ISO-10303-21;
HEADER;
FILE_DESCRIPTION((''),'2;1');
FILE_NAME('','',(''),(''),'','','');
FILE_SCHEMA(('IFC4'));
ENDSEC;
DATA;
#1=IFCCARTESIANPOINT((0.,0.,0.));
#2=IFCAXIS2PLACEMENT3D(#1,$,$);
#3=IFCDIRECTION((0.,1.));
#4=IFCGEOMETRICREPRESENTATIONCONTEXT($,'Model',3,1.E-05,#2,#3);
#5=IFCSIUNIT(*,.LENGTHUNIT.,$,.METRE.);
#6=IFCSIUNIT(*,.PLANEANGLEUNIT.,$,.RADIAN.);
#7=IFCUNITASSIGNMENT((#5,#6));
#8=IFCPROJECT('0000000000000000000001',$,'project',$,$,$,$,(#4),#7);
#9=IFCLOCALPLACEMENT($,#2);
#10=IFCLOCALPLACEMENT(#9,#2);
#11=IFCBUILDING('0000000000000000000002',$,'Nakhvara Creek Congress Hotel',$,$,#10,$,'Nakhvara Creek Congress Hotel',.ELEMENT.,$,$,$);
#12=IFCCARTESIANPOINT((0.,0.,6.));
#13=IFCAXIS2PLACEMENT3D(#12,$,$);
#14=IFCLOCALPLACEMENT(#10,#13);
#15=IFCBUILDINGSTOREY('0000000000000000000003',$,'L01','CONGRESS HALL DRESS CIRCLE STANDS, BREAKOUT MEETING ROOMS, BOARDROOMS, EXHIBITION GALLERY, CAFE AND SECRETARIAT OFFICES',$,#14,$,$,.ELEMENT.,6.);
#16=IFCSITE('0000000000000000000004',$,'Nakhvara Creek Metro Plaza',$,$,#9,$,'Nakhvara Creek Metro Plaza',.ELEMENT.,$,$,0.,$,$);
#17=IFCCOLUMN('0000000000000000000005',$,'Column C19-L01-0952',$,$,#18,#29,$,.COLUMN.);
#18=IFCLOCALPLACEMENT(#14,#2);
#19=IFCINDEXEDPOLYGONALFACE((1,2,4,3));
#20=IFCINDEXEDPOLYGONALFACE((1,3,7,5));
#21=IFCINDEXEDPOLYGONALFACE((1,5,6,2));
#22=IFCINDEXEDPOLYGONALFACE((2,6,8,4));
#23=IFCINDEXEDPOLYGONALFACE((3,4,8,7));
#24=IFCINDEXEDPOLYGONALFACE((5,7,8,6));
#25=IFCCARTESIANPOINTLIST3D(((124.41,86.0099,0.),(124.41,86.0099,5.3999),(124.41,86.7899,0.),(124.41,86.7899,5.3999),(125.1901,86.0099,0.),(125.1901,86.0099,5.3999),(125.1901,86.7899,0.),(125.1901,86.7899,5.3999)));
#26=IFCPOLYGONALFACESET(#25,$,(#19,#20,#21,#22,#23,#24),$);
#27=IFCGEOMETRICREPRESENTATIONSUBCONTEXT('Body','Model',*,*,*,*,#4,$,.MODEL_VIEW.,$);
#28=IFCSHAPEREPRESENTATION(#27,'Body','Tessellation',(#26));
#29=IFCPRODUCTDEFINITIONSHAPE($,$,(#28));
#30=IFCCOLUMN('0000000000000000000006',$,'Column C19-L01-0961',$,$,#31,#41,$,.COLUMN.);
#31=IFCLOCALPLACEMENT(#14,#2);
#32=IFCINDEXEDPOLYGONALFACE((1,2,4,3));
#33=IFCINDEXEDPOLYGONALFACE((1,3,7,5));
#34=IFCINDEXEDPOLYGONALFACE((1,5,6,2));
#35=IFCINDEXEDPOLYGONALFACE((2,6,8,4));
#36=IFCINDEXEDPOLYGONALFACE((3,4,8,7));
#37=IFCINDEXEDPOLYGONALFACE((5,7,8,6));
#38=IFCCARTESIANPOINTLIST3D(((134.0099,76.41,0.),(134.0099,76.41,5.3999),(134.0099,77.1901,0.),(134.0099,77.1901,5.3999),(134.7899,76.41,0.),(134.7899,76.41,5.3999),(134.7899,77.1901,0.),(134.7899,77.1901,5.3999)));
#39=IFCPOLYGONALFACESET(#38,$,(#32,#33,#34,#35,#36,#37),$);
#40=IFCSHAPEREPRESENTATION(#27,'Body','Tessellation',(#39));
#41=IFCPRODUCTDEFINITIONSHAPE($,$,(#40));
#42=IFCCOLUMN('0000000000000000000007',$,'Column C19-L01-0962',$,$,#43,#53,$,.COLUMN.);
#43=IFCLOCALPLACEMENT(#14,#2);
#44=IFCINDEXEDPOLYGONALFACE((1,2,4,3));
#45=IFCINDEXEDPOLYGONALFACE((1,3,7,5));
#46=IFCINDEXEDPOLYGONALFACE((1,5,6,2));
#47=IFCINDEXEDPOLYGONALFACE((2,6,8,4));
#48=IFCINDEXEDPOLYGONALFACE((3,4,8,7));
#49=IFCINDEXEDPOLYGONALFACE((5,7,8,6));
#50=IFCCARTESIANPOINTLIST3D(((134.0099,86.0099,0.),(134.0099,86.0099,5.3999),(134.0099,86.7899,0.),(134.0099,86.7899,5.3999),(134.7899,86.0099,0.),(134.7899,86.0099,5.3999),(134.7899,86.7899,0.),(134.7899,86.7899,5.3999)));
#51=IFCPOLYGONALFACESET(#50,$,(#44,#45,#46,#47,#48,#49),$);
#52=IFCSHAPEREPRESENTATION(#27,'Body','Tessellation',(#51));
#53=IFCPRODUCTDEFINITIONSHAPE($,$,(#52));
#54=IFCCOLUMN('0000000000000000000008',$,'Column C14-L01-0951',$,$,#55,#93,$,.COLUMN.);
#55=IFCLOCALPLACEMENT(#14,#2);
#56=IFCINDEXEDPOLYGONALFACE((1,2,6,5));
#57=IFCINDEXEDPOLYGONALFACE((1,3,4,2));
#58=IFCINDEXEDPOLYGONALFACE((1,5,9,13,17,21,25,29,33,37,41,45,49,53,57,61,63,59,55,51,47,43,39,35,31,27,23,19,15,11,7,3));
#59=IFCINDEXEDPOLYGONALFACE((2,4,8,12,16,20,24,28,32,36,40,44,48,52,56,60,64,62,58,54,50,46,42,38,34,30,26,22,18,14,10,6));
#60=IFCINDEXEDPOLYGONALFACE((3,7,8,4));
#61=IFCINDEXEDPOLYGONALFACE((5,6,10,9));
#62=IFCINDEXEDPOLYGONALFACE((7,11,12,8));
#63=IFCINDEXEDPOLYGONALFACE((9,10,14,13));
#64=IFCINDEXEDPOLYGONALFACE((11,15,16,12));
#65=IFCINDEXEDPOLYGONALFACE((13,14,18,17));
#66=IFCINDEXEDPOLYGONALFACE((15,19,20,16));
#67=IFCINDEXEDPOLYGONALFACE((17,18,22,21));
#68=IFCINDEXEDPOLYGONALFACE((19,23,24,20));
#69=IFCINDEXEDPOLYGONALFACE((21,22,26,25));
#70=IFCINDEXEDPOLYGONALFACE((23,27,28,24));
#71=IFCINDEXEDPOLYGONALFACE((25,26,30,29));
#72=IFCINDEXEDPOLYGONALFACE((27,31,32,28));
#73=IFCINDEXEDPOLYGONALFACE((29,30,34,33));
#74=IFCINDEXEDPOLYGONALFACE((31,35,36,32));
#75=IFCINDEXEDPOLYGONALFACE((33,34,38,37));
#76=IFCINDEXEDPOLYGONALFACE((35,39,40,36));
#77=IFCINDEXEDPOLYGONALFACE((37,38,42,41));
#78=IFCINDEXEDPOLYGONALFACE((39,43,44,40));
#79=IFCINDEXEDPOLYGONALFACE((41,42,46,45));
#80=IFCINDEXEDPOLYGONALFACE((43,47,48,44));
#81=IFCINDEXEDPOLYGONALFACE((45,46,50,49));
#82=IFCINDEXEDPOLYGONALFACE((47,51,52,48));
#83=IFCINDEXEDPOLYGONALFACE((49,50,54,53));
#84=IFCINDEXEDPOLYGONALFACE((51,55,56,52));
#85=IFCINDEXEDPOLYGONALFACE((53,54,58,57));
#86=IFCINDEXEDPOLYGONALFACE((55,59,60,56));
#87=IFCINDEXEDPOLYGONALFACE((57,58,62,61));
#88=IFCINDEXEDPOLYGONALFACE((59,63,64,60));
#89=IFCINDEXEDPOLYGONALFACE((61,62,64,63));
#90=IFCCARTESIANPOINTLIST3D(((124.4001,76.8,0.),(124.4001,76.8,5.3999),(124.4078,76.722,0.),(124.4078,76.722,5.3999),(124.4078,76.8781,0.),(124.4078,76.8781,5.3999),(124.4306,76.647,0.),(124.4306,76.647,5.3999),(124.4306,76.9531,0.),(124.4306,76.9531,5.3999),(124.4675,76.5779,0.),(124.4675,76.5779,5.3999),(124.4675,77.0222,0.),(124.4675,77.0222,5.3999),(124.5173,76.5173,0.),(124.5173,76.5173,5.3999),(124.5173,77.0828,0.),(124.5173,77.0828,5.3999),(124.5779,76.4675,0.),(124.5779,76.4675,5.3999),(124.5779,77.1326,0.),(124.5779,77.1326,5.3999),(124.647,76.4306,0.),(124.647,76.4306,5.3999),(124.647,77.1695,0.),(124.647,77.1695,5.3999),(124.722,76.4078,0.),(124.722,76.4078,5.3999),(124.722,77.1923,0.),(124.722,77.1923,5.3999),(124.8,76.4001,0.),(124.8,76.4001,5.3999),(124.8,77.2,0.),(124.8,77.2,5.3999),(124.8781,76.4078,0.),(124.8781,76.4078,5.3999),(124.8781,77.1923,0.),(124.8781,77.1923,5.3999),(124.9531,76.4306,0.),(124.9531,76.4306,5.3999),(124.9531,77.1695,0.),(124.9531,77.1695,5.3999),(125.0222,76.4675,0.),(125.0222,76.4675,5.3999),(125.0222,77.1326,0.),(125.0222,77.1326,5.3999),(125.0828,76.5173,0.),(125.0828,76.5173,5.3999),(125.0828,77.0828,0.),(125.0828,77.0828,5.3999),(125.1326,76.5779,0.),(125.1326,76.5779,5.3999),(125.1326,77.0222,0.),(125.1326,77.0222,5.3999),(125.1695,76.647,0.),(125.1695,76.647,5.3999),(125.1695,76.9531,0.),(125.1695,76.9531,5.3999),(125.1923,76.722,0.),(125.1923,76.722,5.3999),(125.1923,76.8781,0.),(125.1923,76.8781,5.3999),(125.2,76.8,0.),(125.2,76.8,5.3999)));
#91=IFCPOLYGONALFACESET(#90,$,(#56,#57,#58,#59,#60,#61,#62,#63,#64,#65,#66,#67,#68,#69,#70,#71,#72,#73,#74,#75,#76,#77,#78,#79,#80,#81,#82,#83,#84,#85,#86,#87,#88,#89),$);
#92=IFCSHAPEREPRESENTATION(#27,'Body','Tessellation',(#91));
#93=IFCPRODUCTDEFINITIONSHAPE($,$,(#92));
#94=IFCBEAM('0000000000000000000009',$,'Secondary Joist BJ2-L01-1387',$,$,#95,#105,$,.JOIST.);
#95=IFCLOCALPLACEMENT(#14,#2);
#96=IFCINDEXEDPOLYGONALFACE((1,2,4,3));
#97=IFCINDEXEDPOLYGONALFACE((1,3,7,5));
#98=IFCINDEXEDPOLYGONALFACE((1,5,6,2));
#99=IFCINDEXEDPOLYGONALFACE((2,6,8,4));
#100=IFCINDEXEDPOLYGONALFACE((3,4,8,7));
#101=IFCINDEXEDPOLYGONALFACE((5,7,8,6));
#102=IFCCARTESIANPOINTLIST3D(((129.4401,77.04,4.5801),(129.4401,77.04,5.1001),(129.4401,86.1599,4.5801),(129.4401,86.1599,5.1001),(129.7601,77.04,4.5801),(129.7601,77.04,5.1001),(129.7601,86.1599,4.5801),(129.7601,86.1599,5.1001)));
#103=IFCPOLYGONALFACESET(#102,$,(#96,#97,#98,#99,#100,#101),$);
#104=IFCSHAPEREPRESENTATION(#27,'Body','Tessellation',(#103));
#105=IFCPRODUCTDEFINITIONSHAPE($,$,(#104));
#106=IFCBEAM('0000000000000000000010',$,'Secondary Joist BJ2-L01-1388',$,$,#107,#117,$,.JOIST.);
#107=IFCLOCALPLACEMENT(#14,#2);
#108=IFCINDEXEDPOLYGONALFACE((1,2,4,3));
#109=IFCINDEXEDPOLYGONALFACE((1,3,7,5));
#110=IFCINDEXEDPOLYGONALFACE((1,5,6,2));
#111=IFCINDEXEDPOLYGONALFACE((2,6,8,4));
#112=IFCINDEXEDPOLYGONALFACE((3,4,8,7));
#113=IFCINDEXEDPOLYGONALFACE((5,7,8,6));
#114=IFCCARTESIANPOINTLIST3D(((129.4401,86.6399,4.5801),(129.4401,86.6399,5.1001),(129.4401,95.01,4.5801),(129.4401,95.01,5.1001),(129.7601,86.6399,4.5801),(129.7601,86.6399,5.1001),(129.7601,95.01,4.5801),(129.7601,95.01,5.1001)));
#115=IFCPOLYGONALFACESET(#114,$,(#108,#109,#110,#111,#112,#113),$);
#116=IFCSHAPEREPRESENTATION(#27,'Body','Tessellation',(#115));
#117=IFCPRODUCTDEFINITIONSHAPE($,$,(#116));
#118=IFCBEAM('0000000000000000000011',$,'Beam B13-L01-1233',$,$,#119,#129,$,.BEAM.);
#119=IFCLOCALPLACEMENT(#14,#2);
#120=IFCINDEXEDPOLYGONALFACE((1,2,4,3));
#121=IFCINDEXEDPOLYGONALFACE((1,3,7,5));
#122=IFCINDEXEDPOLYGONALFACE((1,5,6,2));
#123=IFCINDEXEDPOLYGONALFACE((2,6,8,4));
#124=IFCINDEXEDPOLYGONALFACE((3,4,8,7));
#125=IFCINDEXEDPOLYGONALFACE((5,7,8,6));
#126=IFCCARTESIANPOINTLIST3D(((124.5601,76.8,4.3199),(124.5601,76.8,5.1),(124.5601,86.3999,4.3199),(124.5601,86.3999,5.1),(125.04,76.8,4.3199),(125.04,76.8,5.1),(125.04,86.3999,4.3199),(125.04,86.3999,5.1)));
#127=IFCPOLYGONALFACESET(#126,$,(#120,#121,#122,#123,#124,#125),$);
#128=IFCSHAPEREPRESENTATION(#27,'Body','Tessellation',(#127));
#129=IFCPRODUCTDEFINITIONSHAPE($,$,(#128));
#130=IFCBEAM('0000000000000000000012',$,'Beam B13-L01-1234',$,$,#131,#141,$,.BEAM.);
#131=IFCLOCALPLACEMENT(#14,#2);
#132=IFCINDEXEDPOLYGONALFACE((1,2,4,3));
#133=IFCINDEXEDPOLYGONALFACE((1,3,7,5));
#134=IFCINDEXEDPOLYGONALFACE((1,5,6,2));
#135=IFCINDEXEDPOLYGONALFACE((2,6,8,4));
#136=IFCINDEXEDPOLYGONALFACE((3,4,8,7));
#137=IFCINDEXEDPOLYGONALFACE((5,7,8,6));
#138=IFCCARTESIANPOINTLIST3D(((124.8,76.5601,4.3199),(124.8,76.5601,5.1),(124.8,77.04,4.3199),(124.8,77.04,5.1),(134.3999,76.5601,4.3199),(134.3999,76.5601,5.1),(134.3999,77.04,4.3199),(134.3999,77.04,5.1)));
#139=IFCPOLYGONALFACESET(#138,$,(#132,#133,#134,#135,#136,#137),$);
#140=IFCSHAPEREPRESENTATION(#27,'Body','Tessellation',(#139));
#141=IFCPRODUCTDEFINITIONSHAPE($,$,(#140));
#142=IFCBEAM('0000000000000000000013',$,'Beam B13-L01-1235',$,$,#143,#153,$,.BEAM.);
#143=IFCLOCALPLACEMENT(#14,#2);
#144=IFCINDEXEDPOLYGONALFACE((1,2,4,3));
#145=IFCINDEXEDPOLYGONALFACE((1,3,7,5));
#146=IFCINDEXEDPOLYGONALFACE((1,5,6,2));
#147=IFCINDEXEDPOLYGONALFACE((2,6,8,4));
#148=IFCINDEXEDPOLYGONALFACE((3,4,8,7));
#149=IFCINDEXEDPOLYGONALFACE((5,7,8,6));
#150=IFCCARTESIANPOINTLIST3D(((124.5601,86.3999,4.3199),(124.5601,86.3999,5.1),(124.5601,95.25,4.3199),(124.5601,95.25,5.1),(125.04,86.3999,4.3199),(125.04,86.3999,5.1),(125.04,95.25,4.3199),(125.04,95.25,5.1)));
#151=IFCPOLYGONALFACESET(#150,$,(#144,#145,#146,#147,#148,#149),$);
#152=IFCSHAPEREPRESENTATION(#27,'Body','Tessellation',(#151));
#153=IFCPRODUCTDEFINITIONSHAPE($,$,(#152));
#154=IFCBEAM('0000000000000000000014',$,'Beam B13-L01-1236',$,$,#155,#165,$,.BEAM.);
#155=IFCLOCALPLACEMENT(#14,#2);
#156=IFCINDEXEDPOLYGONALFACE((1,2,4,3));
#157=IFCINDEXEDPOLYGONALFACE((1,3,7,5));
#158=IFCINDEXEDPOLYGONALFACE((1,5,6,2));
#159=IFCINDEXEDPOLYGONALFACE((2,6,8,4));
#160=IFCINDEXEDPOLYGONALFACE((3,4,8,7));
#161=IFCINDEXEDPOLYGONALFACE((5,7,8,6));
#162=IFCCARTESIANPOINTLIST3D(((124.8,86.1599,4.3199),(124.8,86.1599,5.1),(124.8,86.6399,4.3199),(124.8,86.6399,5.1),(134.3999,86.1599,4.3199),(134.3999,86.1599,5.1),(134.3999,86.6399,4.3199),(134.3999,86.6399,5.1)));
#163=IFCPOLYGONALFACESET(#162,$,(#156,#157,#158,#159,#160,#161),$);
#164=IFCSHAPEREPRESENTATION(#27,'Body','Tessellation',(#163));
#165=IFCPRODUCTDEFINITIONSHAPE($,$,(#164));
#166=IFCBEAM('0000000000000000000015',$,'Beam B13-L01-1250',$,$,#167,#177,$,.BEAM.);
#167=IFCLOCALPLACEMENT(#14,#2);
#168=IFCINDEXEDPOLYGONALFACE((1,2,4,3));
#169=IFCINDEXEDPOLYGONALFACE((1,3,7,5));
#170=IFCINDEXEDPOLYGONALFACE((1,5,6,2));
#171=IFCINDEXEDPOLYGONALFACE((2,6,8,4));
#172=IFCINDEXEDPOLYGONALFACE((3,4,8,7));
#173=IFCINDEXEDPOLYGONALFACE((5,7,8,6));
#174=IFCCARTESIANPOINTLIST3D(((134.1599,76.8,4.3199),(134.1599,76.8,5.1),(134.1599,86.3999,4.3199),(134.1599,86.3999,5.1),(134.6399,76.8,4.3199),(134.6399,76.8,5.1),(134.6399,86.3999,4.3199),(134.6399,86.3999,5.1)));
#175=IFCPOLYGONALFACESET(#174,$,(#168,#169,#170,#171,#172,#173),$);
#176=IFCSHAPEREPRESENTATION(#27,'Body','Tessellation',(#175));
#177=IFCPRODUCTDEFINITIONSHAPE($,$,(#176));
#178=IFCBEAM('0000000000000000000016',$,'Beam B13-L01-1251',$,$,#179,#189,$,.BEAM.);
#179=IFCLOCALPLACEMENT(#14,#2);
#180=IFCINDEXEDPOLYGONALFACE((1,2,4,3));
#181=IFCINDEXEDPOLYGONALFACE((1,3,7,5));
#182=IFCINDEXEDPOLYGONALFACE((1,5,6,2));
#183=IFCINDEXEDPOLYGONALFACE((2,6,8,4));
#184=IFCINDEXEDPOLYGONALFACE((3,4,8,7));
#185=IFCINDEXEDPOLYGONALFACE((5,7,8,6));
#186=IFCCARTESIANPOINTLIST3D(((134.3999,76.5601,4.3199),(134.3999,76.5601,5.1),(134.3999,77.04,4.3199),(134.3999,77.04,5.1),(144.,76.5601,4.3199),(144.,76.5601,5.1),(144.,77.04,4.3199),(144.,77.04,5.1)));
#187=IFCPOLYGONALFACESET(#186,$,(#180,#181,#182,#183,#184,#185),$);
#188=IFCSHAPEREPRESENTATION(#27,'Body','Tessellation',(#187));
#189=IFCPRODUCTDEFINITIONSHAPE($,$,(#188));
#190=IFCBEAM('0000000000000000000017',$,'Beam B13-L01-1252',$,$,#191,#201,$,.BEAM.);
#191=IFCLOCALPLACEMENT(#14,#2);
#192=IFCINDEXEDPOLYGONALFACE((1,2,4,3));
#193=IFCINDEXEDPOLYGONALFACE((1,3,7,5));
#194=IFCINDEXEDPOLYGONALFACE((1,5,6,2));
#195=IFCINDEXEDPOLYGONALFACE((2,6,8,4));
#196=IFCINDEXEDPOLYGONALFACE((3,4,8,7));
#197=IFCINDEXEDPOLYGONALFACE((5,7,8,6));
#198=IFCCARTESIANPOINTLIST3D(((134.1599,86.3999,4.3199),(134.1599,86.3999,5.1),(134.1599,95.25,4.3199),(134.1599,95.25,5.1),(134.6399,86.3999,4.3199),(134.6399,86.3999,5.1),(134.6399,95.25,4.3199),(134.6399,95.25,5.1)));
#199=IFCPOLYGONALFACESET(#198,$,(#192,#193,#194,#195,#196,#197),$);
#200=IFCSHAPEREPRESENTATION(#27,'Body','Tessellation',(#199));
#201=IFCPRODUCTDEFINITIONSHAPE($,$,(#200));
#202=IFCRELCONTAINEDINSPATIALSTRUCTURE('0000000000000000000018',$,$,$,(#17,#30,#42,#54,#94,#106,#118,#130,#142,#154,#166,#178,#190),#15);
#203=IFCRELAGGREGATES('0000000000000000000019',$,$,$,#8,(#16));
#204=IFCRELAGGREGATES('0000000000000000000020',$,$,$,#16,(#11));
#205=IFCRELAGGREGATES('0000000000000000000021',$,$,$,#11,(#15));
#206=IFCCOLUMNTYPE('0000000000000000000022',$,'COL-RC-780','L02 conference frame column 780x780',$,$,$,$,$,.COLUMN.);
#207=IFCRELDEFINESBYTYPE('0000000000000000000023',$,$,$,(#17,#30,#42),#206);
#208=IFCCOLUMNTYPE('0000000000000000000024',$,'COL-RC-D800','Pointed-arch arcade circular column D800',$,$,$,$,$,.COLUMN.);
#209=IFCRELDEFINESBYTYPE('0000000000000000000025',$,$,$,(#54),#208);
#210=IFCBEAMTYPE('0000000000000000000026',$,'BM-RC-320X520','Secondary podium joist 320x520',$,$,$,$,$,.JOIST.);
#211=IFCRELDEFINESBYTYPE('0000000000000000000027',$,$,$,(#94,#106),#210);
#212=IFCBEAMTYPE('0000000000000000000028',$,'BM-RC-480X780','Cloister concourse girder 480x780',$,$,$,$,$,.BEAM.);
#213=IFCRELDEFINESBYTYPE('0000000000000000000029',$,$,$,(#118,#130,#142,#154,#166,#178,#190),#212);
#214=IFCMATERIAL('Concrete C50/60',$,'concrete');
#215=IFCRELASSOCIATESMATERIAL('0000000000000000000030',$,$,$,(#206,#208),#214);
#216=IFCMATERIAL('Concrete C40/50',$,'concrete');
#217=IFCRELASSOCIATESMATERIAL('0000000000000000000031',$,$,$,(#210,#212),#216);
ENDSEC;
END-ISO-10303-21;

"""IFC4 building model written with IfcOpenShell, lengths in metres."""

from ifc_helpers import new_model, si_unit, direction, frame, origin, origin_2d, place, context, subcontext, project, spatial, rectangle, circle, extrude, material, material_profile, profile_set, type_object, element, save


model = new_model("IFC4")

# Units and contexts
model_context = context("Model", 3, precision=1e-05, world=origin(), true_north=direction((0.0, 1.0)))
body_context = subcontext(model_context, "Body", "Model", "MODEL_VIEW")
ifc_project = project(units=[si_unit("LENGTHUNIT", "METRE"), si_unit("PLANEANGLEUNIT", "RADIAN")], contexts=[model_context])

# Site, building, storey
site_placement = place(None, origin())
site = spatial("IfcSite", under=ifc_project, at=site_placement, Name="Nakhvara Creek Metro Plaza", LongName="Nakhvara Creek Metro Plaza", CompositionType="ELEMENT", RefElevation=0.0)
building_placement = place(site_placement, origin())
building = spatial("IfcBuilding", under=site, at=building_placement, Name="Nakhvara Creek Congress Hotel", LongName="Nakhvara Creek Congress Hotel", CompositionType="ELEMENT")
storey_placement = place(building_placement, frame((0.0, 0.0, 6.0)))
storey = spatial("IfcBuildingStorey", under=building, at=storey_placement, Name="L01", Description="CONGRESS HALL DRESS CIRCLE STANDS, BREAKOUT MEETING ROOMS, BOARDROOMS, EXHIBITION GALLERY, CAFE AND SECRETARIAT OFFICES", CompositionType="ELEMENT", Elevation=6.0)

# Columns
ifc_material_1 = material(Name="Concrete C50/60", Category="concrete")
ifc_material_profile_1 = material_profile(ifc_material_1, rectangle(XDim=0.78, YDim=0.78, at=origin_2d()), Name="RC-COL 780x780", Category="LoadBearing")
ifc_profile_set_1 = profile_set([ifc_material_profile_1], Name="Concrete C50/60")
column_type_1 = type_object("IfcColumnType", Name="COL-RC-780", Description="L02 conference frame column 780x780", PredefinedType="COLUMN", material=ifc_profile_set_1)
for number, where, z_axis, x_axis, name in (
    (1, (124.8, 86.3999, 0.0), (0.0, 0.0, 1.0), (1.0, 0.0, 0.0), "Column C19-L01-0952"),
    (2, (134.3999, 76.8, 0.0), (0.0, 0.0, 1.0), (1.0, 0.0, 0.0), "Column C19-L01-0961"),
    (3, (134.3999, 86.3999, 0.0), (0.0, 0.0, 1.0), (1.0, 0.0, 0.0), "Column C19-L01-0962"),
):
    element("IfcColumn", number, at=place(storey_placement, frame(where, z_axis=z_axis, x_axis=x_axis)), inside=storey, type_object=column_type_1, Name=name, PredefinedType="COLUMN", context=body_context, shape_type="SweptSolid", body=[
        extrude(rectangle(XDim=0.78, YDim=0.78, at=origin_2d()), origin(), (0.0, 0.0, 1.0), 5.3999),
    ])
ifc_material_profile_2 = material_profile(ifc_material_1, circle(Radius=0.3999, at=origin_2d()), Name="RC-COL D800", Category="LoadBearing")
ifc_profile_set_2 = profile_set([ifc_material_profile_2], Name="Concrete C50/60")
column_type_2 = type_object("IfcColumnType", Name="COL-RC-D800", Description="Pointed-arch arcade circular column D800", PredefinedType="COLUMN", material=ifc_profile_set_2)
column_placement = place(storey_placement, frame((124.8, 76.8, 0.0), z_axis=(0.0, 0.0, 1.0), x_axis=(1.0, 0.0, 0.0)))
element("IfcColumn", 4, at=column_placement, inside=storey, type_object=column_type_2, Name="Column C14-L01-0951", PredefinedType="COLUMN", context=body_context, shape_type="SweptSolid", body=[
    extrude(circle(Radius=0.3999, at=origin_2d()), origin(), (0.0, 0.0, 1.0), 5.3999),
])

# Beams
ifc_material_2 = material(Name="Concrete C40/50", Category="concrete")
ifc_material_profile_3 = material_profile(ifc_material_2, rectangle(XDim=0.3201, YDim=0.52, at=origin_2d()), Name="RC-BM 320x520", Category="LoadBearing")
ifc_profile_set_3 = profile_set([ifc_material_profile_3], Name="Concrete C40/50")
beam_type_1 = type_object("IfcBeamType", Name="BM-RC-320X520", Description="Secondary podium joist 320x520", PredefinedType="JOIST", material=ifc_profile_set_3)
beam_1_placement = place(storey_placement, frame((129.6001, 77.04, 4.8401), z_axis=(0.0, 1.0, 0.0), x_axis=(-1.0, 0.0, 0.0)))
element("IfcBeam", 5, at=beam_1_placement, inside=storey, type_object=beam_type_1, Name="Secondary Joist BJ2-L01-1387", PredefinedType="JOIST", context=body_context, shape_type="SweptSolid", body=[
    extrude(rectangle(XDim=0.3201, YDim=0.52, at=origin_2d()), origin(), (0.0, 0.0, 1.0), 9.1199),
])
beam_2_placement = place(storey_placement, frame((129.6001, 86.6399, 4.8401), z_axis=(0.0, 1.0, 0.0), x_axis=(-1.0, 0.0, 0.0)))
element("IfcBeam", 6, at=beam_2_placement, inside=storey, type_object=beam_type_1, Name="Secondary Joist BJ2-L01-1388", PredefinedType="JOIST", context=body_context, shape_type="SweptSolid", body=[
    extrude(rectangle(XDim=0.3201, YDim=0.52, at=origin_2d()), origin(), (0.0, 0.0, 1.0), 8.3701),
])
ifc_material_profile_4 = material_profile(ifc_material_2, rectangle(XDim=0.48, YDim=0.78, at=origin_2d()), Name="RC-BM 480x780", Category="LoadBearing")
ifc_profile_set_4 = profile_set([ifc_material_profile_4], Name="Concrete C40/50")
beam_type_2 = type_object("IfcBeamType", Name="BM-RC-480X780", Description="Cloister concourse girder 480x780", PredefinedType="BEAM", material=ifc_profile_set_4)
for number, where, z_axis, x_axis, name in (
    (7, (124.8, 76.8, 4.71), (0.0, 1.0, 0.0), (-1.0, 0.0, 0.0), "Beam B13-L01-1233"),
    (8, (124.8, 76.8, 4.71), (1.0, 0.0, 0.0), (0.0, 1.0, 0.0), "Beam B13-L01-1234"),
):
    element("IfcBeam", number, at=place(storey_placement, frame(where, z_axis=z_axis, x_axis=x_axis)), inside=storey, type_object=beam_type_2, Name=name, PredefinedType="BEAM", context=body_context, shape_type="SweptSolid", body=[
        extrude(rectangle(XDim=0.48, YDim=0.78, at=origin_2d()), origin(), (0.0, 0.0, 1.0), 9.5999),
    ])
beam_3_placement = place(storey_placement, frame((124.8, 86.3999, 4.71), z_axis=(0.0, 1.0, 0.0), x_axis=(-1.0, 0.0, 0.0)))
element("IfcBeam", 9, at=beam_3_placement, inside=storey, type_object=beam_type_2, Name="Beam B13-L01-1235", PredefinedType="BEAM", context=body_context, shape_type="SweptSolid", body=[
    extrude(rectangle(XDim=0.48, YDim=0.78, at=origin_2d()), origin(), (0.0, 0.0, 1.0), 8.8501),
])
for number, where, z_axis, x_axis, name in (
    (10, (124.8, 86.3999, 4.71), (1.0, 0.0, 0.0), (0.0, 1.0, 0.0), "Beam B13-L01-1236"),
    (11, (134.3999, 76.8, 4.71), (0.0, 1.0, 0.0), (-1.0, 0.0, 0.0), "Beam B13-L01-1250"),
):
    element("IfcBeam", number, at=place(storey_placement, frame(where, z_axis=z_axis, x_axis=x_axis)), inside=storey, type_object=beam_type_2, Name=name, PredefinedType="BEAM", context=body_context, shape_type="SweptSolid", body=[
        extrude(rectangle(XDim=0.48, YDim=0.78, at=origin_2d()), origin(), (0.0, 0.0, 1.0), 9.5999),
    ])
beam_4_placement = place(storey_placement, frame((134.3999, 76.8, 4.71), z_axis=(1.0, 0.0, 0.0), x_axis=(0.0, 1.0, 0.0)))
element("IfcBeam", 12, at=beam_4_placement, inside=storey, type_object=beam_type_2, Name="Beam B13-L01-1251", PredefinedType="BEAM", context=body_context, shape_type="SweptSolid", body=[
    extrude(rectangle(XDim=0.48, YDim=0.78, at=origin_2d()), origin(), (0.0, 0.0, 1.0), 9.6001),
])
beam_5_placement = place(storey_placement, frame((134.3999, 86.3999, 4.71), z_axis=(0.0, 1.0, 0.0), x_axis=(-1.0, 0.0, 0.0)))
element("IfcBeam", 13, at=beam_5_placement, inside=storey, type_object=beam_type_2, Name="Beam B13-L01-1252", PredefinedType="BEAM", context=body_context, shape_type="SweptSolid", body=[
    extrude(rectangle(XDim=0.48, YDim=0.78, at=origin_2d()), origin(), (0.0, 0.0, 1.0), 8.8501),
])

save(model, "model.ifc")
